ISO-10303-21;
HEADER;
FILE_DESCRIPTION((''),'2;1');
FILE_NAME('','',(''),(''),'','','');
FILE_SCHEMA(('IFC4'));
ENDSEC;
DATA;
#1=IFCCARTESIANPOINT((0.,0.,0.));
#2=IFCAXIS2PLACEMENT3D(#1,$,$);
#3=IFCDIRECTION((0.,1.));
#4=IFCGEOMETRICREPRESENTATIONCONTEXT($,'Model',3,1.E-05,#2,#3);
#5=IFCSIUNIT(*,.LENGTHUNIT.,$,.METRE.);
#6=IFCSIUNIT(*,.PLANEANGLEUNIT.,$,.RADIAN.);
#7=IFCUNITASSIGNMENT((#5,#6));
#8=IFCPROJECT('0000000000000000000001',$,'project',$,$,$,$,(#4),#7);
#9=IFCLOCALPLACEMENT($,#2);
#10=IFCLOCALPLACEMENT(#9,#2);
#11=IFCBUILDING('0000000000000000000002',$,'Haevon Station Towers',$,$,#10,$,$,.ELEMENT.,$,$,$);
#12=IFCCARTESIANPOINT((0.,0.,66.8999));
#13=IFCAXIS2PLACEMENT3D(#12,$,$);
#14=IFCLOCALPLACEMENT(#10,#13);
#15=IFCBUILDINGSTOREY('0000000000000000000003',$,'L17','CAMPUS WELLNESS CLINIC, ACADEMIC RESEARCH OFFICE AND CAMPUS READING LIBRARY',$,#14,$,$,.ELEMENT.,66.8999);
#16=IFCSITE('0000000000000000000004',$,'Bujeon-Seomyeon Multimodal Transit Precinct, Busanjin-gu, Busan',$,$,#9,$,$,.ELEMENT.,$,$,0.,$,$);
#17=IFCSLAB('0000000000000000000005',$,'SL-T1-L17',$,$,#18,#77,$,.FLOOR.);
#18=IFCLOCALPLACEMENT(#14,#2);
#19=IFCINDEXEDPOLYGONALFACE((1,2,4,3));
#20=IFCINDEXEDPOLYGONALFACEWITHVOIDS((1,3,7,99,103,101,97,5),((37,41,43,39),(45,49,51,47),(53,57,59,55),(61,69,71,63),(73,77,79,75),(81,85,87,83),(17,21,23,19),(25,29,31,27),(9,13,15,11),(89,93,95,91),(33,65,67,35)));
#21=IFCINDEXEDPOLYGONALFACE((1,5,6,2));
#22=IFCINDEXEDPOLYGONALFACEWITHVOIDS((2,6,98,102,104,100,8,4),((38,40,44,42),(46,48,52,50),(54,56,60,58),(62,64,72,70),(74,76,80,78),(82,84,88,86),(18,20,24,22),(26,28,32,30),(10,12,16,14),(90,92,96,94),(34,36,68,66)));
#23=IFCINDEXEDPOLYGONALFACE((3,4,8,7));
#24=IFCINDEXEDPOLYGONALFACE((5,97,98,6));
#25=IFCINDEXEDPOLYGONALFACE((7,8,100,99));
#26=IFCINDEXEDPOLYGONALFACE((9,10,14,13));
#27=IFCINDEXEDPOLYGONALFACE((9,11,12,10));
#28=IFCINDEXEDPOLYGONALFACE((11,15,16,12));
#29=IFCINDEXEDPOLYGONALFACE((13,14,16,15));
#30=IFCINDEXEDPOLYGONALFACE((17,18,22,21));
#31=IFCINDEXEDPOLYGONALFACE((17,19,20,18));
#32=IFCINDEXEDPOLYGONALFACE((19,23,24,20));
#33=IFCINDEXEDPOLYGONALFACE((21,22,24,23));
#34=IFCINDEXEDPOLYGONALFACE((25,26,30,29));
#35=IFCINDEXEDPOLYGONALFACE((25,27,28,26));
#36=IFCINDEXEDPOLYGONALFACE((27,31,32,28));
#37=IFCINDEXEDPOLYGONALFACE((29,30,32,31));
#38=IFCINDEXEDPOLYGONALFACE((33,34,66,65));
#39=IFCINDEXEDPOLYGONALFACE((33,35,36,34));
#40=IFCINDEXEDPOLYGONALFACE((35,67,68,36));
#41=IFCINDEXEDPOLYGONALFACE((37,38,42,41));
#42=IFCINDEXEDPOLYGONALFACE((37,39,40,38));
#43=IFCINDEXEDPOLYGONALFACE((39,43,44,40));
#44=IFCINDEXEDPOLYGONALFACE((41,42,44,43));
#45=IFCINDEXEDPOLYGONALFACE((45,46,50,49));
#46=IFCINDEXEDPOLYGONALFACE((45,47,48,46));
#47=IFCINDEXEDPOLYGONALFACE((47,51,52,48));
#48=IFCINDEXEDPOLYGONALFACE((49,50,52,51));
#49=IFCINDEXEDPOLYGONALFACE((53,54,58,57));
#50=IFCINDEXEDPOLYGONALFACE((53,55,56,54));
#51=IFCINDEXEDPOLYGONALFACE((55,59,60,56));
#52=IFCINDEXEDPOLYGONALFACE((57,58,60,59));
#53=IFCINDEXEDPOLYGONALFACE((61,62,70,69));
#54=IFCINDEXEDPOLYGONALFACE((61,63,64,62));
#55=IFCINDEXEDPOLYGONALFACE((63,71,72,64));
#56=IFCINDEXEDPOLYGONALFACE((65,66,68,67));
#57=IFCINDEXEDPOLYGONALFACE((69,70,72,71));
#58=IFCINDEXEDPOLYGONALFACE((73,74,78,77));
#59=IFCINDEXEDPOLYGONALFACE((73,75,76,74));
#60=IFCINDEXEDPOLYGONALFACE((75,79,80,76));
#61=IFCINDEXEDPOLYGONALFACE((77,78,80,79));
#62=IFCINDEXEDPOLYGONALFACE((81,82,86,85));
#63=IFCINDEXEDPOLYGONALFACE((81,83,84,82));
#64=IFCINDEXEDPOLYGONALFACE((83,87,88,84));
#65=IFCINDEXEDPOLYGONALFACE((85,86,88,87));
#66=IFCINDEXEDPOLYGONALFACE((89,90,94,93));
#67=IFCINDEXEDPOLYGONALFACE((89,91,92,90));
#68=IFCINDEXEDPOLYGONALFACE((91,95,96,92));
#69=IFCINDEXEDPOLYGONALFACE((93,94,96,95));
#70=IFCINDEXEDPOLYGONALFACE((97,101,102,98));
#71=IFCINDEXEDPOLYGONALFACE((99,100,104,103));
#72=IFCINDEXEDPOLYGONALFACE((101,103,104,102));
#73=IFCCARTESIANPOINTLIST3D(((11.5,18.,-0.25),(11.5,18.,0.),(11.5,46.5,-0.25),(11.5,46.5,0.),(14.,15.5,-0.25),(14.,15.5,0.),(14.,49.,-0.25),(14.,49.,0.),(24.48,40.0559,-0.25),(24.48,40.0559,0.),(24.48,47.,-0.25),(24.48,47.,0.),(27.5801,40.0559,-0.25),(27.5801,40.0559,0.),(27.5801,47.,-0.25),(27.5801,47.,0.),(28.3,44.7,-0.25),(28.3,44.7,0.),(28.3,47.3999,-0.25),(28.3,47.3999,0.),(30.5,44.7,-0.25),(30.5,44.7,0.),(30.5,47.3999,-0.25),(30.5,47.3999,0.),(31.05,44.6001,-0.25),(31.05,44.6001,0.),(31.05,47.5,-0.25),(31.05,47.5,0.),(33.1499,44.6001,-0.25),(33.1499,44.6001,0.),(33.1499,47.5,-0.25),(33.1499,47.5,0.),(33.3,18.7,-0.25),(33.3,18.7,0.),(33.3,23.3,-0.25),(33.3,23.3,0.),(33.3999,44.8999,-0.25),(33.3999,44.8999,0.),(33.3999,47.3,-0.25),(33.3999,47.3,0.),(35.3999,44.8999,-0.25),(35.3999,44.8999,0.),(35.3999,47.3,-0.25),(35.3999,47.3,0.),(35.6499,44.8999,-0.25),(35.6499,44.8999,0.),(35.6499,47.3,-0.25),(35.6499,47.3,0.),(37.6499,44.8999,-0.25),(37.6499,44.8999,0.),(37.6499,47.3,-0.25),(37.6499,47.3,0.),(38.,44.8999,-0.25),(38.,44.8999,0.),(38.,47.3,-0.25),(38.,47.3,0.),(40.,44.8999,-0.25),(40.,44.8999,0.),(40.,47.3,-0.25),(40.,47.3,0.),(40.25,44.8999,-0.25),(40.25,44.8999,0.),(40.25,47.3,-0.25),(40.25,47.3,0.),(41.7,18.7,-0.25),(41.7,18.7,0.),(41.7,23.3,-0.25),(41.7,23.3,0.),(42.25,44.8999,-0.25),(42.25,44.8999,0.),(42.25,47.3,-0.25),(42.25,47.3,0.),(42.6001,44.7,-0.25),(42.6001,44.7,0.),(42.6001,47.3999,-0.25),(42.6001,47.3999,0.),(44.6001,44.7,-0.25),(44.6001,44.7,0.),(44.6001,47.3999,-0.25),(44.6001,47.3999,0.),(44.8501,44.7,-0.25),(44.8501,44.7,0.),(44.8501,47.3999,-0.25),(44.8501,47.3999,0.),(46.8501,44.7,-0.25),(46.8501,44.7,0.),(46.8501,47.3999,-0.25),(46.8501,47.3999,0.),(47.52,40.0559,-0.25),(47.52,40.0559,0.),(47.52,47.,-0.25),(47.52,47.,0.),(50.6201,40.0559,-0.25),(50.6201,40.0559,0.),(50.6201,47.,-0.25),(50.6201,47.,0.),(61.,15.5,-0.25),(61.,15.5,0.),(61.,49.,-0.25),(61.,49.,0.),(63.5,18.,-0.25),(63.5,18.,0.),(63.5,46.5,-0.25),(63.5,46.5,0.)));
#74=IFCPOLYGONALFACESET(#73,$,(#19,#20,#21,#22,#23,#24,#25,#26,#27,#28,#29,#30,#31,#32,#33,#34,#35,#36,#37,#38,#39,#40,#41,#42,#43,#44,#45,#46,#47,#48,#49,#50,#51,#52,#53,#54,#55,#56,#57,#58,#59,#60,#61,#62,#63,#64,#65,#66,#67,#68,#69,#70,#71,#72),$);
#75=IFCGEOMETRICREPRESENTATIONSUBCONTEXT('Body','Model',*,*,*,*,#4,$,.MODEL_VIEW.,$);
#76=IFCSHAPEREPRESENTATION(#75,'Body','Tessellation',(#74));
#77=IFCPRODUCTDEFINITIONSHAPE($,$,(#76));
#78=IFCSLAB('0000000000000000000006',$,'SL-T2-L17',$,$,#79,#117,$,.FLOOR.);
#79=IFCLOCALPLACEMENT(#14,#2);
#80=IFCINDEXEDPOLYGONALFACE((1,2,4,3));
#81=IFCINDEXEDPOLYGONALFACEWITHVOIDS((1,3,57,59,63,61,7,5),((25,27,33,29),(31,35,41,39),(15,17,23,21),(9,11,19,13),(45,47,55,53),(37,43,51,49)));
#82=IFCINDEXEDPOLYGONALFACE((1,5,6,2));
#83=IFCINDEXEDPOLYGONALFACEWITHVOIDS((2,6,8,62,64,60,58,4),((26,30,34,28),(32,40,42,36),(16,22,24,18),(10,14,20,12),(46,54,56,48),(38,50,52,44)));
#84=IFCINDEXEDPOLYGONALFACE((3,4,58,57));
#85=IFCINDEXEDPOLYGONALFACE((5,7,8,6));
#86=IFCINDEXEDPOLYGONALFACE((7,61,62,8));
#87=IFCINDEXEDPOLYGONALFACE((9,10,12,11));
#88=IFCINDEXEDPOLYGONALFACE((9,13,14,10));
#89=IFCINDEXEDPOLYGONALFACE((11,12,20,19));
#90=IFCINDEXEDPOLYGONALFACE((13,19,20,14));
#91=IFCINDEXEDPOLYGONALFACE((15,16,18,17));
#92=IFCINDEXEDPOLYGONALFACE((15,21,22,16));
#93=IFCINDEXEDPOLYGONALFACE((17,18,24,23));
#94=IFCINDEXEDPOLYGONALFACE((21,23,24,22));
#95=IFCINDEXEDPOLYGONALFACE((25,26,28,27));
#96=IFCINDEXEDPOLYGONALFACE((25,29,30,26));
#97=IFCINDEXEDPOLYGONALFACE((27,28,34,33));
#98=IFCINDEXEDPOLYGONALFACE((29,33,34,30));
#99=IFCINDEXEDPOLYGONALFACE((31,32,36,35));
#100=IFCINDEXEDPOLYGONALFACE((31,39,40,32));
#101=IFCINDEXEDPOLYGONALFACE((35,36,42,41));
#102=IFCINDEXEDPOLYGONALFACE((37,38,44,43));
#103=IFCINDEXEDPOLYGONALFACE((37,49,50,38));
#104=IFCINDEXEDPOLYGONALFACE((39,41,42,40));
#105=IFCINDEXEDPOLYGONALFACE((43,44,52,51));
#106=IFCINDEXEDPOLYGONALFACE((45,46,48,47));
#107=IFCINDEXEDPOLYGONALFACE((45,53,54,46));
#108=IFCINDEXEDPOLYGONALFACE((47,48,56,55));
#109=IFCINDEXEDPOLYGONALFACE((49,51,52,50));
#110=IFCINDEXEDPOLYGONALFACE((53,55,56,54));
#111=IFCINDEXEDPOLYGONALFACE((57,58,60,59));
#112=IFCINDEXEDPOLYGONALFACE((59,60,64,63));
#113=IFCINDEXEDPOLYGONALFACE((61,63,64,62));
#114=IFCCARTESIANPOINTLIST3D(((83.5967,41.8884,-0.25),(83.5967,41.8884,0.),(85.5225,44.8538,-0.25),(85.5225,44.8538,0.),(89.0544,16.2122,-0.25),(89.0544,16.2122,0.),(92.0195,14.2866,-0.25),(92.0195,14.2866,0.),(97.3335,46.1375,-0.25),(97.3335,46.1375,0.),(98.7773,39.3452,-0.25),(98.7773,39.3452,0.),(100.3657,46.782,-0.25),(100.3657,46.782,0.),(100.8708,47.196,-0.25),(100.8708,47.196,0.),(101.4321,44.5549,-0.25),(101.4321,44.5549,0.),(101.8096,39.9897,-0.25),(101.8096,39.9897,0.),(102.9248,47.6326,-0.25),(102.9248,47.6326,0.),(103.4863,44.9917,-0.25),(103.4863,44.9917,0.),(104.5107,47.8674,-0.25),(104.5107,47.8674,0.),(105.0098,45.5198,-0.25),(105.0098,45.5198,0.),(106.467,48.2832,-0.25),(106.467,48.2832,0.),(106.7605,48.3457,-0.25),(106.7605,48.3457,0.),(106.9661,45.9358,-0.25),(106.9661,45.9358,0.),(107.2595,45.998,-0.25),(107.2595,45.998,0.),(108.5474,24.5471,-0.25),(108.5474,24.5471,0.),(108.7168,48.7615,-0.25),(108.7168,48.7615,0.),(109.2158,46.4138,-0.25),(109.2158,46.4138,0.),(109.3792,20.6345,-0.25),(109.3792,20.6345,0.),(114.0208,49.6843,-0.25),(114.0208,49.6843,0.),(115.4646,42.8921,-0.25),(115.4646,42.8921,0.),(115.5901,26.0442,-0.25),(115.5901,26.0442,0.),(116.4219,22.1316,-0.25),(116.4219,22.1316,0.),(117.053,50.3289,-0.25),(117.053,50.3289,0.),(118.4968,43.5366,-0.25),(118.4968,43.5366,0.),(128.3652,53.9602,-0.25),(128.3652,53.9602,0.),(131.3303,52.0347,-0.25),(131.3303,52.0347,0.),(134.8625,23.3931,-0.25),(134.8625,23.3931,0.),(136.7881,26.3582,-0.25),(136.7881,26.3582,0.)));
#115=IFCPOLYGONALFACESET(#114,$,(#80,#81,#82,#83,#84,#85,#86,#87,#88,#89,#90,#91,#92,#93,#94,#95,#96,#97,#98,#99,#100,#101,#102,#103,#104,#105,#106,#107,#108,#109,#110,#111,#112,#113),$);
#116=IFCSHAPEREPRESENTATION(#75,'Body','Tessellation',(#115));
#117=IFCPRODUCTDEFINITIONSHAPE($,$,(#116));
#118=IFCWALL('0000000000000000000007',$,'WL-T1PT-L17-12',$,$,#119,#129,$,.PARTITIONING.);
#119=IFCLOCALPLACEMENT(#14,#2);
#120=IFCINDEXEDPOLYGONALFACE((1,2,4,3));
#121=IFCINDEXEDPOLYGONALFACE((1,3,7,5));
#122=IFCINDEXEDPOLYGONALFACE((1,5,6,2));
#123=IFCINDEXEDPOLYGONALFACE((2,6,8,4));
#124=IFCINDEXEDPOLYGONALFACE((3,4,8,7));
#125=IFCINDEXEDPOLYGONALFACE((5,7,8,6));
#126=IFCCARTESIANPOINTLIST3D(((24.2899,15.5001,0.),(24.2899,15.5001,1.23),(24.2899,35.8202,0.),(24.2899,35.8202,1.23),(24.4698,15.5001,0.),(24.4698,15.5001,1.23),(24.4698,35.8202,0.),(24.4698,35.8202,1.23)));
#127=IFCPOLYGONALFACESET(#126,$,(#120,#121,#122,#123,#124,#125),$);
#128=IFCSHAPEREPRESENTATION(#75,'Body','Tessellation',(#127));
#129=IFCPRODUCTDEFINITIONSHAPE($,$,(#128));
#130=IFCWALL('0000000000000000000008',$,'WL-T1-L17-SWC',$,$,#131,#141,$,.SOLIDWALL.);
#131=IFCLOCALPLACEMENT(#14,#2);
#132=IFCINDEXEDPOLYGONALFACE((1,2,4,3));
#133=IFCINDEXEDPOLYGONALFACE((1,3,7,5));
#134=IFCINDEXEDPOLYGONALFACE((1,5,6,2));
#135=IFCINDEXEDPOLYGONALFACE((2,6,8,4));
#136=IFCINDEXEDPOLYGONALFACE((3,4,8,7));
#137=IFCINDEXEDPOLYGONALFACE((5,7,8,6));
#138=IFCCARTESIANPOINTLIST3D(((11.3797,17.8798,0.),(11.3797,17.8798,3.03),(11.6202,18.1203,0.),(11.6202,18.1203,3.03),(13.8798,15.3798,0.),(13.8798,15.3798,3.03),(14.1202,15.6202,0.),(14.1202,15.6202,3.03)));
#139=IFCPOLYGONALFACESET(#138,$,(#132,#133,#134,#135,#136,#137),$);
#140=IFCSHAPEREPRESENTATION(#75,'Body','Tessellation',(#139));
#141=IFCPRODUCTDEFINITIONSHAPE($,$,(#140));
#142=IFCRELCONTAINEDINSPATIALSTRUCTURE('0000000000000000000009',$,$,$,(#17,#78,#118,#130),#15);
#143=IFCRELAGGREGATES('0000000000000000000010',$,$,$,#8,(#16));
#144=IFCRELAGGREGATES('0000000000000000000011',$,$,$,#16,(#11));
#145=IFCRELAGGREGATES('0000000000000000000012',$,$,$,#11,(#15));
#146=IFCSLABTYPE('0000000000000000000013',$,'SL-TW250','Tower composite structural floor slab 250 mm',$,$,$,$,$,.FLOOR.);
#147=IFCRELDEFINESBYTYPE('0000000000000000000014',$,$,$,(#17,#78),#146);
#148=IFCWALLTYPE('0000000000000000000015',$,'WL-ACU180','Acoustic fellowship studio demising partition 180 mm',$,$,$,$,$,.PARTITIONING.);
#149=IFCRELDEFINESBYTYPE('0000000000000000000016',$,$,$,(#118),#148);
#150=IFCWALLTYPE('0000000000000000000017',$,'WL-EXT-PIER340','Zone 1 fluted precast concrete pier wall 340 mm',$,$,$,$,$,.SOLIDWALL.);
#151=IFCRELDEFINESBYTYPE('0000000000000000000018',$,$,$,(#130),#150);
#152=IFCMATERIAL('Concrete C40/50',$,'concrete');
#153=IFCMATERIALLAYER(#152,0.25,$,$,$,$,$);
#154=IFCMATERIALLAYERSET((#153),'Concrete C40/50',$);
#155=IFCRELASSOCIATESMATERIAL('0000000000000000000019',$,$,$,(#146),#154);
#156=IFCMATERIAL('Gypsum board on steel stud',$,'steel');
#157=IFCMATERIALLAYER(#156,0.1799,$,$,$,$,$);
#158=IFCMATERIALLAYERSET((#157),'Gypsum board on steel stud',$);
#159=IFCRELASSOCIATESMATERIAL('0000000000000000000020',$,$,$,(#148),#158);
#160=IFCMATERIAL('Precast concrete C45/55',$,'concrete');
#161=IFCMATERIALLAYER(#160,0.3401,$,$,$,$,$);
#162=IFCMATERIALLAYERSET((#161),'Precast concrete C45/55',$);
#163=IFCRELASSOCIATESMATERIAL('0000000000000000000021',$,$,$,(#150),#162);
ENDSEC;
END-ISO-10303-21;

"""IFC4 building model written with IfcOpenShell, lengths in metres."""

from ifc_helpers import new_model, si_unit, direction, frame, frame_2d, origin, place, context, subcontext, project, spatial, polyline, rectangle, outline, extrude, material, layer, layer_set, type_object, element, save


model = new_model("IFC4")

# Units and contexts
model_context = context("Model", 3, precision=1e-05, world=origin(), true_north=direction((0.0, 1.0)))
body_context = subcontext(model_context, "Body", "Model", "MODEL_VIEW")
ifc_project = project(units=[si_unit("LENGTHUNIT", "METRE"), si_unit("PLANEANGLEUNIT", "RADIAN")], contexts=[model_context])

# Site, building, storey
site_placement = place(None, origin())
site = spatial("IfcSite", under=ifc_project, at=site_placement, Name="Bujeon-Seomyeon Multimodal Transit Precinct, Busanjin-gu, Busan", CompositionType="ELEMENT", RefElevation=0.0)
building_placement = place(site_placement, origin())
building = spatial("IfcBuilding", under=site, at=building_placement, Name="Haevon Station Towers", CompositionType="ELEMENT")
storey_placement = place(building_placement, frame((0.0, 0.0, 66.8999)))
storey = spatial("IfcBuildingStorey", under=building, at=storey_placement, Name="L17", Description="CAMPUS WELLNESS CLINIC, ACADEMIC RESEARCH OFFICE AND CAMPUS READING LIBRARY", CompositionType="ELEMENT", Elevation=66.8999)

# Shared definitions
ifc_material_1 = material(Name="Concrete C40/50", Category="concrete")

# Slabs
ifc_layer_1 = layer(ifc_material_1, 0.25)
ifc_layer_set_1 = layer_set([ifc_layer_1], Name="Concrete C40/50")
slab_type_1 = type_object("IfcSlabType", Name="SL-TW250", Description="Tower composite structural floor slab 250 mm", PredefinedType="FLOOR", material=ifc_layer_set_1)
slab_1_placement = place(storey_placement, frame((0.0, 0.0, -0.25)))
element("IfcSlab", 1, at=slab_1_placement, inside=storey, type_object=slab_type_1, Name="SL-T1-L17", PredefinedType="FLOOR", context=body_context, shape_type="SweptSolid", body=[
    extrude(outline(polyline([(14.0, 15.5), (61.0, 15.5), (63.5, 18.0), (63.5, 46.5), (61.0, 49.0), (14.0, 49.0), (11.5, 46.5), (11.5, 18.0), (14.0, 15.5)]), holes=[polyline([(27.5801, 40.0559), (27.5801, 47.0), (24.48, 47.0), (24.48, 40.0559), (27.5801, 40.0559)]), polyline([(50.6201, 40.0559), (50.6201, 47.0), (47.52, 47.0), (47.52, 40.0559), (50.6201, 40.0559)]), polyline([(28.3, 44.7), (30.5, 44.7), (30.5, 47.3999), (28.3, 47.3999), (28.3, 44.7)]), polyline([(31.05, 44.6001), (33.1499, 44.6001), (33.1499, 47.5), (31.05, 47.5), (31.05, 44.6001)]), polyline([(33.3999, 44.8999), (35.3999, 44.8999), (35.3999, 47.3), (33.3999, 47.3), (33.3999, 44.8999)]), polyline([(35.6499, 44.8999), (37.6499, 44.8999), (37.6499, 47.3), (35.6499, 47.3), (35.6499, 44.8999)]), polyline([(38.0, 44.8999), (40.0, 44.8999), (40.0, 47.3), (38.0, 47.3), (38.0, 44.8999)]), polyline([(40.25, 44.8999), (42.25, 44.8999), (42.25, 47.3), (40.25, 47.3), (40.25, 44.8999)]), polyline([(42.6001, 44.7), (44.6001, 44.7), (44.6001, 47.3999), (42.6001, 47.3999), (42.6001, 44.7)]), polyline([(44.8501, 44.7), (46.8501, 44.7), (46.8501, 47.3999), (44.8501, 47.3999), (44.8501, 44.7)]), polyline([(33.3, 18.7), (41.7, 18.7), (41.7, 23.3), (33.3, 23.3), (33.3, 18.7)])]), origin(), (0.0, 0.0, 1.0), 0.25),
])
slab_2_placement = place(storey_placement, frame((0.0, 0.0, -0.25)))
element("IfcSlab", 2, at=slab_2_placement, inside=storey, type_object=slab_type_1, Name="SL-T2-L17", PredefinedType="FLOOR", context=body_context, shape_type="SweptSolid", body=[
    extrude(outline(polyline([(92.0195, 14.2866), (134.8625, 23.3931), (136.7881, 26.3582), (131.3303, 52.0347), (128.3652, 53.9602), (85.5225, 44.8538), (83.5967, 41.8884), (89.0544, 16.2122), (92.0195, 14.2866)]), holes=[polyline([(101.8096, 39.9897), (100.3657, 46.782), (97.3335, 46.1375), (98.7773, 39.3452), (101.8096, 39.9897)]), polyline([(118.4968, 43.5366), (117.053, 50.3289), (114.0208, 49.6843), (115.4646, 42.8921), (118.4968, 43.5366)]), polyline([(101.4321, 44.5549), (103.4863, 44.9917), (102.9248, 47.6326), (100.8708, 47.196), (101.4321, 44.5549)]), polyline([(105.0098, 45.5198), (106.9661, 45.9358), (106.467, 48.2832), (104.5107, 47.8674), (105.0098, 45.5198)]), polyline([(107.2595, 45.998), (109.2158, 46.4138), (108.7168, 48.7615), (106.7605, 48.3457), (107.2595, 45.998)]), polyline([(109.3792, 20.6345), (116.4219, 22.1316), (115.5901, 26.0442), (108.5474, 24.5471), (109.3792, 20.6345)])]), origin(), (0.0, 0.0, 1.0), 0.25),
])

# Walls
ifc_material_2 = material(Name="Gypsum board on steel stud", Category="steel")
ifc_layer_2 = layer(ifc_material_2, 0.1799)
ifc_layer_set_2 = layer_set([ifc_layer_2], Name="Gypsum board on steel stud")
wall_type_1 = type_object("IfcWallType", Name="WL-ACU180", Description="Acoustic fellowship studio demising partition 180 mm", PredefinedType="PARTITIONING", material=ifc_layer_set_2)
wall_1_placement = place(storey_placement, frame((24.3799, 15.5, 0.0), z_axis=(0.0, 0.0, 1.0), x_axis=(0.0, 1.0, 0.0)))
element("IfcWall", 3, at=wall_1_placement, inside=storey, type_object=wall_type_1, Name="WL-T1PT-L17-12", PredefinedType="PARTITIONING", context=body_context, shape_type="SweptSolid", body=[
    extrude(rectangle(XDim=20.3201, YDim=0.1799, at=frame_2d((10.1602, 0.0))), origin(), (0.0, 0.0, 1.0), 1.23),
])
ifc_material_3 = material(Name="Precast concrete C45/55", Category="concrete")
ifc_layer_3 = layer(ifc_material_3, 0.3401)
ifc_layer_set_3 = layer_set([ifc_layer_3], Name="Precast concrete C45/55")
wall_type_2 = type_object("IfcWallType", Name="WL-EXT-PIER340", Description="Zone 1 fluted precast concrete pier wall 340 mm", PredefinedType="SOLIDWALL", material=ifc_layer_set_3)
wall_2_placement = place(storey_placement, frame((14.0, 15.5, 0.0), z_axis=(0.0, 0.0, 1.0), x_axis=(-0.707107, 0.707107, 0.0)))
element("IfcWall", 4, at=wall_2_placement, inside=storey, type_object=wall_type_2, Name="WL-T1-L17-SWC", PredefinedType="SOLIDWALL", context=body_context, shape_type="SweptSolid", body=[
    extrude(rectangle(XDim=3.5356, YDim=0.3401, at=frame_2d((1.7678, 0.0))), origin(), (0.0, 0.0, 1.0), 3.03),
])

save(model, "model.ifc")
